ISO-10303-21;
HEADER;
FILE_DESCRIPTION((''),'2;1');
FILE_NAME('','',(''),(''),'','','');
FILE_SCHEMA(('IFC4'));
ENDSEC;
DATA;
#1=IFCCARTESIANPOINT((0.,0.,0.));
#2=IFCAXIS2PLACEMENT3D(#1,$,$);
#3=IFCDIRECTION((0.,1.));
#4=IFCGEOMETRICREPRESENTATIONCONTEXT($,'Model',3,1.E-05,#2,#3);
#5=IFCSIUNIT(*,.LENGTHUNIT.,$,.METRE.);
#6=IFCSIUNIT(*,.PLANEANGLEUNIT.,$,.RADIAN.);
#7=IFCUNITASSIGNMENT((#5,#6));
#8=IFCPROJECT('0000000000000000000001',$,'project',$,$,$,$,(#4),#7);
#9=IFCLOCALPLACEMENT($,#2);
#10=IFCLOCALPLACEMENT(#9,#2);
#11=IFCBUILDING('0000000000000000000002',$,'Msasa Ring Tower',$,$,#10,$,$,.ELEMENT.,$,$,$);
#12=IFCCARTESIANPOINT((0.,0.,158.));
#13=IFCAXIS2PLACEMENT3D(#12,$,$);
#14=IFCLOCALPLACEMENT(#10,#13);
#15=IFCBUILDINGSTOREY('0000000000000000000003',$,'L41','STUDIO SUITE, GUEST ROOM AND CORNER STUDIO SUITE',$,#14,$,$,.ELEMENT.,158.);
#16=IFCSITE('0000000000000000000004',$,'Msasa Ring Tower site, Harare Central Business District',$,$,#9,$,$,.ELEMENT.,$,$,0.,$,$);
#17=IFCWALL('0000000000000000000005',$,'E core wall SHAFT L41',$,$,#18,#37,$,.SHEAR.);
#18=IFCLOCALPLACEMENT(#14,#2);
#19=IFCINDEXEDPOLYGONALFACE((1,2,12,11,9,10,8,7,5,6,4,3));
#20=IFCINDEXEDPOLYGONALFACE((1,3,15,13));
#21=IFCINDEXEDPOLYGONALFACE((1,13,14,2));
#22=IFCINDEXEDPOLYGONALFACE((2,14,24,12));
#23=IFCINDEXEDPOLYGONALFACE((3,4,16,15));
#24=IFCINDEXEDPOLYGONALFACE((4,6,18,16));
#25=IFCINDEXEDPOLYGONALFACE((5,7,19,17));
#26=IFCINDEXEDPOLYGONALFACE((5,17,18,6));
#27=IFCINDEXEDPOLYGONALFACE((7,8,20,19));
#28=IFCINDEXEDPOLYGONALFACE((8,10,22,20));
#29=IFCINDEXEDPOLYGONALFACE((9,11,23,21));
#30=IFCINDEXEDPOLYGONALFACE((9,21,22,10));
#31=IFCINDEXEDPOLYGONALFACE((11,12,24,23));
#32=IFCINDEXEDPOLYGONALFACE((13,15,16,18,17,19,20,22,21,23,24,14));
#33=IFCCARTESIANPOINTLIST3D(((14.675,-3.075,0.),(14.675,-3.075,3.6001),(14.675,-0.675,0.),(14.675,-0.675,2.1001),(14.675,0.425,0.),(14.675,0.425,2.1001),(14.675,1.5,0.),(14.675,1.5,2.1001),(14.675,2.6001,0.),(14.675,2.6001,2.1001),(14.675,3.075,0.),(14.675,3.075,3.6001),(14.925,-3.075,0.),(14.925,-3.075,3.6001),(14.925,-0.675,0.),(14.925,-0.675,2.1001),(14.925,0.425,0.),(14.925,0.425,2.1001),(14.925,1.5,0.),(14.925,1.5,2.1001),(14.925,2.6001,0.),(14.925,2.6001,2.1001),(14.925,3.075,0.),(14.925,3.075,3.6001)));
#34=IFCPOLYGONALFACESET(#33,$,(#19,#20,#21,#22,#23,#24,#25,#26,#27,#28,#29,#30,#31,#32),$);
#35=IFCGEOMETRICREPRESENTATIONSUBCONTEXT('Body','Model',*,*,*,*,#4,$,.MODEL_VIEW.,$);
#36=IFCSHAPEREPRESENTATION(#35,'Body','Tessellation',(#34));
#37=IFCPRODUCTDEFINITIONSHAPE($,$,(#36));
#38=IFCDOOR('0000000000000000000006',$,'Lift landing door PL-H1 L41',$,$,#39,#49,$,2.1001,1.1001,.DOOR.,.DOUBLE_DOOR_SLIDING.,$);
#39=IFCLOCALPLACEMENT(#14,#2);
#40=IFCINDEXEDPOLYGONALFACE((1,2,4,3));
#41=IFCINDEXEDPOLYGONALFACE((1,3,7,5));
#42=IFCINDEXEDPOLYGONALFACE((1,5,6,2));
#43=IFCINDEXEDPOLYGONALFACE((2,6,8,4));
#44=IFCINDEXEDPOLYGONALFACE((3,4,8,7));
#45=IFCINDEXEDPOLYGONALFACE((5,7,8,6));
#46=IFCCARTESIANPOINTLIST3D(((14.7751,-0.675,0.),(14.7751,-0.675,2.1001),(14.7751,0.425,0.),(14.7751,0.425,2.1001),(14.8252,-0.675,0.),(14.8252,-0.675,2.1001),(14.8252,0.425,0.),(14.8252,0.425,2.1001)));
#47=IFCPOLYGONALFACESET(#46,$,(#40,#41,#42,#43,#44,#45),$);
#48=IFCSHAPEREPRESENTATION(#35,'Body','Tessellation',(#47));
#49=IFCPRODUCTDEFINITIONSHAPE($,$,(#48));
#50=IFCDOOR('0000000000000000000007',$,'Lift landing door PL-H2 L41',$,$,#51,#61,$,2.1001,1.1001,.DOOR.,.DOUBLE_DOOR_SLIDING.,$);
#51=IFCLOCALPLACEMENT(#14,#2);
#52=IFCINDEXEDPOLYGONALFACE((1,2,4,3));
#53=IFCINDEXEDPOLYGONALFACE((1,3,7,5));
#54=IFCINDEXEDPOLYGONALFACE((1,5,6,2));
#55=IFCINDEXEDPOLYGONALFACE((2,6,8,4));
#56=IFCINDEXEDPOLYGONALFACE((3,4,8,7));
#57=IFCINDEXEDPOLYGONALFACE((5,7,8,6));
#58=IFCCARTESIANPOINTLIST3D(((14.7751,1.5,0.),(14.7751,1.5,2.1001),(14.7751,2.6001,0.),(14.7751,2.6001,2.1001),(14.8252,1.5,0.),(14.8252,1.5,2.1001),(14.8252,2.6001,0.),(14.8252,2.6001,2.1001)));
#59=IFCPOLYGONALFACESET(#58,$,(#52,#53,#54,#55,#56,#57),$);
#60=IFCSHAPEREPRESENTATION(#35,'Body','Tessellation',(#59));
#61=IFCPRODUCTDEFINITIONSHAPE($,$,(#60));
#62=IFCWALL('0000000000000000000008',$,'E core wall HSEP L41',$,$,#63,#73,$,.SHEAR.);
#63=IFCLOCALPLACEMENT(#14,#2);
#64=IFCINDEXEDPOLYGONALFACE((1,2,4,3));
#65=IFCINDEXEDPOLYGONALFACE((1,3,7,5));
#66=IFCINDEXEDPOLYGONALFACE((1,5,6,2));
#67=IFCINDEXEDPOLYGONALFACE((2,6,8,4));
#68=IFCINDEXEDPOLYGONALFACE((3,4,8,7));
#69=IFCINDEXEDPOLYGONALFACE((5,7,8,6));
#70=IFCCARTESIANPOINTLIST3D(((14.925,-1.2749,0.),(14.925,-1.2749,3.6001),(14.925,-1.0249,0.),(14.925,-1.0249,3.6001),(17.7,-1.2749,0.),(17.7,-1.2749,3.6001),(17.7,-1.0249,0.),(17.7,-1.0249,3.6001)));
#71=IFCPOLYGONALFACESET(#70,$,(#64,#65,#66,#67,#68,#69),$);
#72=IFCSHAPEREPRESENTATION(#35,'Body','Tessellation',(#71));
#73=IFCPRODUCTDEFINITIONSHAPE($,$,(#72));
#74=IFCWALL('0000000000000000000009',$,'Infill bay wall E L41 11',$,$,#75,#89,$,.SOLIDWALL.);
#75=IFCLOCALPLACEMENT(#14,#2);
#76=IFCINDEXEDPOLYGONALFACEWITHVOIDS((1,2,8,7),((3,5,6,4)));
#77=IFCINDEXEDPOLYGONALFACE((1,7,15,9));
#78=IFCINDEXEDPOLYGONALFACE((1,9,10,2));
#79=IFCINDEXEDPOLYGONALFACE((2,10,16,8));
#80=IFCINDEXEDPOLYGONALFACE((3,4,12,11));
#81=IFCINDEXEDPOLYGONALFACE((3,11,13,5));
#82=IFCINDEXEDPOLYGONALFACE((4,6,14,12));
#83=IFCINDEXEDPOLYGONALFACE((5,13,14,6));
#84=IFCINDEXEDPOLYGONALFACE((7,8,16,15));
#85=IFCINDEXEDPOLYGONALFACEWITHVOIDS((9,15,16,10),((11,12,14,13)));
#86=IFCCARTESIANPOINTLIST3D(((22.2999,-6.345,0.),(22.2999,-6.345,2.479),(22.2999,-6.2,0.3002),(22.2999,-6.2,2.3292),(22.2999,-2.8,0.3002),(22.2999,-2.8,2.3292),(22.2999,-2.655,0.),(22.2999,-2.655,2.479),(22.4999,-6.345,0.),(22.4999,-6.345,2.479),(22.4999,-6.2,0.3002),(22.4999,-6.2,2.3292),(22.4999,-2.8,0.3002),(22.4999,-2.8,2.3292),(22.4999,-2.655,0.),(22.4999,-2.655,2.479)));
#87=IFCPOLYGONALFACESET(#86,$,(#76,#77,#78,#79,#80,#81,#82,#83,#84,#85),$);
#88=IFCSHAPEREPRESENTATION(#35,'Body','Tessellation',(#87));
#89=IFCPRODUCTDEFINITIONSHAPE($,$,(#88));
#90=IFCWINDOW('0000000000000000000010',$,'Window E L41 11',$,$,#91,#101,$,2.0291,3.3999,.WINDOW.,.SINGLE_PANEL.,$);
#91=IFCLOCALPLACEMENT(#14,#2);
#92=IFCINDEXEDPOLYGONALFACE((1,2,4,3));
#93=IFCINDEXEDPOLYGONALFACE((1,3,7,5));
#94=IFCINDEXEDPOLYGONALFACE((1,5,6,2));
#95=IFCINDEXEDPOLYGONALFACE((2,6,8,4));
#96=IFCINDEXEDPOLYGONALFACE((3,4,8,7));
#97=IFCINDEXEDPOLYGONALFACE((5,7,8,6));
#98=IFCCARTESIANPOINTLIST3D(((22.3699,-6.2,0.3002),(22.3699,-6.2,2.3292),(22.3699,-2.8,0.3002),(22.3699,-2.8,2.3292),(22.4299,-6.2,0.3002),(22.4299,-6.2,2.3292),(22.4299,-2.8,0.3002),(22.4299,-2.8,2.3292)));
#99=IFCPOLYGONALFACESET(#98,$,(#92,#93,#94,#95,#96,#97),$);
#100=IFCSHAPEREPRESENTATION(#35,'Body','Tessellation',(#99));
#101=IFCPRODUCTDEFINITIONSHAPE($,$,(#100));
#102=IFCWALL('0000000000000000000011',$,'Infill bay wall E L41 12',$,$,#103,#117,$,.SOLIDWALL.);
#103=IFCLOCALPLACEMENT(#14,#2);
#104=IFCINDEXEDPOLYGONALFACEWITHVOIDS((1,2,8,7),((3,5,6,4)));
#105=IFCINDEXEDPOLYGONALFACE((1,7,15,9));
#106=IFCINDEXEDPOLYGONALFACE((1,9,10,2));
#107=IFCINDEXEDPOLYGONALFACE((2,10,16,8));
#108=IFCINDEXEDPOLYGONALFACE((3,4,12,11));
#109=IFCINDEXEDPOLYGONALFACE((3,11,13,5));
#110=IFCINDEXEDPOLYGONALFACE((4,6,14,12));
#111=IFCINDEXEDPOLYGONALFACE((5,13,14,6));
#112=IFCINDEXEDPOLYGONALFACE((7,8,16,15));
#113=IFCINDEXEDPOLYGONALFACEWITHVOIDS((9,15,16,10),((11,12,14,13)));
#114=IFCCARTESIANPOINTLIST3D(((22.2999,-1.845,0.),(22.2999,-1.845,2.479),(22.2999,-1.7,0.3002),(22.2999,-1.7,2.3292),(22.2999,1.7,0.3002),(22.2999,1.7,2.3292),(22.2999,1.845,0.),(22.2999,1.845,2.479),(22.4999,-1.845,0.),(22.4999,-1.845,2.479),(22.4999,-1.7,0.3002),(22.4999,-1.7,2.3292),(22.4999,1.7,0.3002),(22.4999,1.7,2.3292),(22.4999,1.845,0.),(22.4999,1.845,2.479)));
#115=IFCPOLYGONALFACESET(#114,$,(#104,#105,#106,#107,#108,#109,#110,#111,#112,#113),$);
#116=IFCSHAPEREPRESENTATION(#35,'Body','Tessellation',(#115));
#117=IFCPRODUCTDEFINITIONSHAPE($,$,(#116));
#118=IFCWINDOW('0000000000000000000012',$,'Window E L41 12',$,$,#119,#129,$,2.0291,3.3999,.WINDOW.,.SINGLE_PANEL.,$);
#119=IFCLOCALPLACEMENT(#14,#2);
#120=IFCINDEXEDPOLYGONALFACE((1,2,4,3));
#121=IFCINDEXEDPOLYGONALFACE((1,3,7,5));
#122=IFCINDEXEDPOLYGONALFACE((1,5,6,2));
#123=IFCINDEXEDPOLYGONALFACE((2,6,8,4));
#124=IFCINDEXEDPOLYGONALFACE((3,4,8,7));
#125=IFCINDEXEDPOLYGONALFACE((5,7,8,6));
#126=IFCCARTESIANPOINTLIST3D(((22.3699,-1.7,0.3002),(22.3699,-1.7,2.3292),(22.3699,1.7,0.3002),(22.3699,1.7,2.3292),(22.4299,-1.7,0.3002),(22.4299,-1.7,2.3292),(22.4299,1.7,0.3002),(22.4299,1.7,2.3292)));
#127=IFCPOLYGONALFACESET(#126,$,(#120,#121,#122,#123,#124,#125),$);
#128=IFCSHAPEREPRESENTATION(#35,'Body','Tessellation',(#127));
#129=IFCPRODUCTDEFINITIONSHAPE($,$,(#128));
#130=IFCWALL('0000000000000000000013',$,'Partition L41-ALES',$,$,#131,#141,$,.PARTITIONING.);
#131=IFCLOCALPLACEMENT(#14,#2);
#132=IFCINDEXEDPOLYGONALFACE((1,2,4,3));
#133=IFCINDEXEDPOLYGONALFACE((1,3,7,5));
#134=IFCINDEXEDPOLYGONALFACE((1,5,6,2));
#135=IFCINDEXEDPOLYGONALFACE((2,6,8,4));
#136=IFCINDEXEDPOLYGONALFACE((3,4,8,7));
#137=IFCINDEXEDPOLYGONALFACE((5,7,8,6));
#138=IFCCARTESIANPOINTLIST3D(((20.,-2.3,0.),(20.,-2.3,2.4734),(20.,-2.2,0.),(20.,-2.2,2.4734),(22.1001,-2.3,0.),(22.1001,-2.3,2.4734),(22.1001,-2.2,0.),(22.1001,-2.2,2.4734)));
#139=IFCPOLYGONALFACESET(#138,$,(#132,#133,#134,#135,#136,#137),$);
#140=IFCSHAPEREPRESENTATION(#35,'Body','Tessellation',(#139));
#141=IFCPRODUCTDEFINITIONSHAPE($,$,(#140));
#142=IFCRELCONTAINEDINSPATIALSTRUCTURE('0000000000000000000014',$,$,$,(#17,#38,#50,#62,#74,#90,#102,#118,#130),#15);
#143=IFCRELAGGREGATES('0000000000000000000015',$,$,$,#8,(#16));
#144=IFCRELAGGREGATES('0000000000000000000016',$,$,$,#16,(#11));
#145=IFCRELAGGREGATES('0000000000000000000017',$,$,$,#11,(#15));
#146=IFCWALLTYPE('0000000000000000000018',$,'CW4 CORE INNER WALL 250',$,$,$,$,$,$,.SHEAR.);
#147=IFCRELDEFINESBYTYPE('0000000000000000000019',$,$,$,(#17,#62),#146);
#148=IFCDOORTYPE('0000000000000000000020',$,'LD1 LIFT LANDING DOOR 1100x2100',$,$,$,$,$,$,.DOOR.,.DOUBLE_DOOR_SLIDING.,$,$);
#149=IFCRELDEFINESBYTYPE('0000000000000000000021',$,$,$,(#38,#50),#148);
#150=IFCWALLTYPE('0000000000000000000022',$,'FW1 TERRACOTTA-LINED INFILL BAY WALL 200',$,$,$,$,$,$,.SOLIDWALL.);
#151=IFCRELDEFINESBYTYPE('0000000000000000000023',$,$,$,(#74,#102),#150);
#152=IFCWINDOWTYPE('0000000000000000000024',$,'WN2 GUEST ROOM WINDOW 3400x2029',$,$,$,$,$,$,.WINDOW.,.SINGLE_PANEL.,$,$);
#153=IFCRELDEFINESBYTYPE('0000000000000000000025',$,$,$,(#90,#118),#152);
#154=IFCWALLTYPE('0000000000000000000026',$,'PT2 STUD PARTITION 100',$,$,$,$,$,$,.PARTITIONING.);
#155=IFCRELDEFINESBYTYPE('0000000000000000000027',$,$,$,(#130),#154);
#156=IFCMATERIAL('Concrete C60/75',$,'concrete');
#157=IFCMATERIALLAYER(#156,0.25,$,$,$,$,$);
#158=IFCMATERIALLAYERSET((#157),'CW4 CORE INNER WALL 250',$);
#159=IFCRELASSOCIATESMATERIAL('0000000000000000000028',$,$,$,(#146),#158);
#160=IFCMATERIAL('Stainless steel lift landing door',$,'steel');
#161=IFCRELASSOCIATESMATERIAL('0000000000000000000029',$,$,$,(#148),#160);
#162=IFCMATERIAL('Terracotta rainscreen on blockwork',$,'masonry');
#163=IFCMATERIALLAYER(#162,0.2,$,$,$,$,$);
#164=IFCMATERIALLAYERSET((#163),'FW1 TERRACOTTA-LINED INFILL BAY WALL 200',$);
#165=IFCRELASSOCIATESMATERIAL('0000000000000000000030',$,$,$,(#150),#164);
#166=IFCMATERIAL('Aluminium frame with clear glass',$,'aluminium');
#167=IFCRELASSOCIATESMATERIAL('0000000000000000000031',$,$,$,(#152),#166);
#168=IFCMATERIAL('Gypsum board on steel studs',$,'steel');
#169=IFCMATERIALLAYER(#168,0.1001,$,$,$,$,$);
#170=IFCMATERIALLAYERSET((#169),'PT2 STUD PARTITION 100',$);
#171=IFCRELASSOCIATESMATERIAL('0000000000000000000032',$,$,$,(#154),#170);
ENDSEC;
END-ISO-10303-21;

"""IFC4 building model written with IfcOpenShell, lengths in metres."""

from ifc_helpers import new_model, si_unit, direction, frame, frame_2d, origin, place, context, subcontext, project, spatial, rectangle, extrude, material, layer, layer_set, type_object, element, fill, save


model = new_model("IFC4")

# Units and contexts
model_context = context("Model", 3, precision=1e-05, world=origin(), true_north=direction((0.0, 1.0)))
body_context = subcontext(model_context, "Body", "Model", "MODEL_VIEW")
ifc_project = project(units=[si_unit("LENGTHUNIT", "METRE"), si_unit("PLANEANGLEUNIT", "RADIAN")], contexts=[model_context])

# Site, building, storey
site_placement = place(None, origin())
site = spatial("IfcSite", under=ifc_project, at=site_placement, Name="Msasa Ring Tower site, Harare Central Business District", CompositionType="ELEMENT", RefElevation=0.0)
building_placement = place(site_placement, origin())
building = spatial("IfcBuilding", under=site, at=building_placement, Name="Msasa Ring Tower", CompositionType="ELEMENT")
storey_placement = place(building_placement, frame((0.0, 0.0, 158.0)))
storey = spatial("IfcBuildingStorey", under=building, at=storey_placement, Name="L41", Description="STUDIO SUITE, GUEST ROOM AND CORNER STUDIO SUITE", CompositionType="ELEMENT", Elevation=158.0)

# Shared definitions
ifc_material_1 = material(Name="Concrete C60/75", Category="concrete")
ifc_layer_1 = layer(ifc_material_1, 0.25)
ifc_layer_set_1 = layer_set([ifc_layer_1], Name="CW4 CORE INNER WALL 250")
wall_type_1 = type_object("IfcWallType", Name="CW4 CORE INNER WALL 250", PredefinedType="SHEAR", material=ifc_layer_set_1)

# Wall, openings, doors
wall_1_placement = place(storey_placement, frame((14.8, -3.075, 0.0), z_axis=(0.0, 0.0, 1.0), x_axis=(0.0, 1.0, 0.0)))
wall_1 = element("IfcWall", 1, at=wall_1_placement, inside=storey, type_object=wall_type_1, Name="E core wall SHAFT L41", PredefinedType="SHEAR", context=body_context, shape_type="SweptSolid", body=[
    extrude(rectangle(XDim=6.1499, YDim=0.25, at=frame_2d((3.075, 0.0))), origin(), (0.0, 0.0, 1.0), 3.6001),
])
opening_1_placement = place(wall_1_placement, frame((2.3999, 0.0, 0.0)))
opening_1 = element("IfcOpeningElement", 2, at=opening_1_placement, cuts=wall_1, PredefinedType="OPENING", context=body_context, shape_type="SweptSolid", body=[
    extrude(rectangle(XDim=1.1001, YDim=2.1001, at=frame_2d((0.55, 1.05))), frame((0.0, 0.135, 0.0), z_axis=(0.0, -1.0, 0.0), x_axis=(1.0, 0.0, 0.0)), (0.0, 0.0, 1.0), 0.27),
])
opening_2_placement = place(wall_1_placement, frame((4.575, 0.0, 0.0)))
opening_2 = element("IfcOpeningElement", 3, at=opening_2_placement, cuts=wall_1, PredefinedType="OPENING", context=body_context, shape_type="SweptSolid", body=[
    extrude(rectangle(XDim=1.1001, YDim=2.1001, at=frame_2d((0.55, 1.05))), frame((0.0, 0.135, 0.0), z_axis=(0.0, -1.0, 0.0), x_axis=(1.0, 0.0, 0.0)), (0.0, 0.0, 1.0), 0.27),
])
ifc_material_2 = material(Name="Stainless steel lift landing door", Category="steel")
door_type = type_object("IfcDoorType", Name="LD1 LIFT LANDING DOOR 1100x2100", OperationType="DOUBLE_DOOR_SLIDING", PredefinedType="DOOR", material=ifc_material_2)
door_1_placement = place(opening_1_placement, origin())
door_1 = element("IfcDoor", 4, at=door_1_placement, inside=storey, type_object=door_type, Name="Lift landing door PL-H1 L41", OperationType="DOUBLE_DOOR_SLIDING", OverallHeight=2.1001, OverallWidth=1.1001, PredefinedType="DOOR", context=body_context, shape_type="SweptSolid", body=[
    extrude(rectangle(XDim=1.1001, YDim=2.1001, at=frame_2d((0.55, 1.05))), frame((0.0, 0.0249, 0.0), z_axis=(0.0, -1.0, 0.0), x_axis=(1.0, 0.0, 0.0)), (0.0, 0.0, 1.0), 0.05),
])
fill(opening_1, door_1)
door_2_placement = place(opening_2_placement, origin())
door_2 = element("IfcDoor", 5, at=door_2_placement, inside=storey, type_object=door_type, Name="Lift landing door PL-H2 L41", OperationType="DOUBLE_DOOR_SLIDING", OverallHeight=2.1001, OverallWidth=1.1001, PredefinedType="DOOR", context=body_context, shape_type="SweptSolid", body=[
    extrude(rectangle(XDim=1.1001, YDim=2.1001, at=frame_2d((0.55, 1.05))), frame((0.0, 0.0249, 0.0), z_axis=(0.0, -1.0, 0.0), x_axis=(1.0, 0.0, 0.0)), (0.0, 0.0, 1.0), 0.05),
])
fill(opening_2, door_2)

# Wall
wall_2_placement = place(storey_placement, frame((14.925, -1.1499, 0.0), z_axis=(0.0, 0.0, 1.0), x_axis=(1.0, 0.0, 0.0)))
element("IfcWall", 6, at=wall_2_placement, inside=storey, type_object=wall_type_1, Name="E core wall HSEP L41", PredefinedType="SHEAR", context=body_context, shape_type="SweptSolid", body=[
    extrude(rectangle(XDim=2.7749, YDim=0.25, at=frame_2d((1.3875, 0.0))), origin(), (0.0, 0.0, 1.0), 3.6001),
])

# Walls, openings, windows
ifc_material_3 = material(Name="Terracotta rainscreen on blockwork", Category="masonry")
ifc_layer_2 = layer(ifc_material_3, 0.2)
ifc_layer_set_2 = layer_set([ifc_layer_2], Name="FW1 TERRACOTTA-LINED INFILL BAY WALL 200")
wall_type_2 = type_object("IfcWallType", Name="FW1 TERRACOTTA-LINED INFILL BAY WALL 200", PredefinedType="SOLIDWALL", material=ifc_layer_set_2)
wall_3_placement = place(storey_placement, frame((22.3999, -6.345, 0.0), z_axis=(0.0, 0.0, 1.0), x_axis=(0.0, 1.0, 0.0)))
wall_3 = element("IfcWall", 7, at=wall_3_placement, inside=storey, type_object=wall_type_2, Name="Infill bay wall E L41 11", PredefinedType="SOLIDWALL", context=body_context, shape_type="SweptSolid", body=[
    extrude(rectangle(XDim=3.6899, YDim=0.2, at=frame_2d((1.845, 0.0))), origin(), (0.0, 0.0, 1.0), 2.479),
])
opening_3_placement = place(wall_3_placement, frame((0.145, 0.0, 0.3)))
opening_3 = element("IfcOpeningElement", 8, at=opening_3_placement, cuts=wall_3, PredefinedType="OPENING", context=body_context, shape_type="SweptSolid", body=[
    extrude(rectangle(XDim=3.3999, YDim=2.0291, at=frame_2d((1.7, 1.0146))), frame((0.0, 0.1099, 0.0), z_axis=(0.0, -1.0, 0.0), x_axis=(1.0, 0.0, 0.0)), (0.0, 0.0, 1.0), 0.22),
])
ifc_material_4 = material(Name="Aluminium frame with clear glass", Category="aluminium")
window_type = type_object("IfcWindowType", Name="WN2 GUEST ROOM WINDOW 3400x2029", PartitioningType="SINGLE_PANEL", PredefinedType="WINDOW", material=ifc_material_4)
window_1_placement = place(opening_3_placement, origin())
window_1 = element("IfcWindow", 9, at=window_1_placement, inside=storey, type_object=window_type, Name="Window E L41 11", OverallHeight=2.0291, OverallWidth=3.3999, PartitioningType="SINGLE_PANEL", PredefinedType="WINDOW", context=body_context, shape_type="SweptSolid", body=[
    extrude(rectangle(XDim=3.3999, YDim=2.0291, at=frame_2d((1.7, 1.0146))), frame((0.0, 0.03, 0.0), z_axis=(0.0, -1.0, 0.0), x_axis=(1.0, 0.0, 0.0)), (0.0, 0.0, 1.0), 0.0601),
])
fill(opening_3, window_1)
wall_4_placement = place(storey_placement, frame((22.3999, -1.845, 0.0), z_axis=(0.0, 0.0, 1.0), x_axis=(0.0, 1.0, 0.0)))
wall_4 = element("IfcWall", 10, at=wall_4_placement, inside=storey, type_object=wall_type_2, Name="Infill bay wall E L41 12", PredefinedType="SOLIDWALL", context=body_context, shape_type="SweptSolid", body=[
    extrude(rectangle(XDim=3.6899, YDim=0.2, at=frame_2d((1.845, 0.0))), origin(), (0.0, 0.0, 1.0), 2.479),
])
opening_4_placement = place(wall_4_placement, frame((0.145, 0.0, 0.3)))
opening_4 = element("IfcOpeningElement", 11, at=opening_4_placement, cuts=wall_4, PredefinedType="OPENING", context=body_context, shape_type="SweptSolid", body=[
    extrude(rectangle(XDim=3.3999, YDim=2.0291, at=frame_2d((1.7, 1.0146))), frame((0.0, 0.1099, 0.0), z_axis=(0.0, -1.0, 0.0), x_axis=(1.0, 0.0, 0.0)), (0.0, 0.0, 1.0), 0.22),
])
window_2_placement = place(opening_4_placement, origin())
window_2 = element("IfcWindow", 12, at=window_2_placement, inside=storey, type_object=window_type, Name="Window E L41 12", OverallHeight=2.0291, OverallWidth=3.3999, PartitioningType="SINGLE_PANEL", PredefinedType="WINDOW", context=body_context, shape_type="SweptSolid", body=[
    extrude(rectangle(XDim=3.3999, YDim=2.0291, at=frame_2d((1.7, 1.0146))), frame((0.0, 0.03, 0.0), z_axis=(0.0, -1.0, 0.0), x_axis=(1.0, 0.0, 0.0)), (0.0, 0.0, 1.0), 0.0601),
])
fill(opening_4, window_2)

# Wall
ifc_material_5 = material(Name="Gypsum board on steel studs", Category="steel")
ifc_layer_3 = layer(ifc_material_5, 0.1001)
ifc_layer_set_3 = layer_set([ifc_layer_3], Name="PT2 STUD PARTITION 100")
wall_type_3 = type_object("IfcWallType", Name="PT2 STUD PARTITION 100", PredefinedType="PARTITIONING", material=ifc_layer_set_3)
wall_5_placement = place(storey_placement, frame((20.0, -2.25, 0.0), z_axis=(0.0, 0.0, 1.0), x_axis=(1.0, 0.0, 0.0)))
element("IfcWall", 13, at=wall_5_placement, inside=storey, type_object=wall_type_3, Name="Partition L41-ALES", PredefinedType="PARTITIONING", context=body_context, shape_type="SweptSolid", body=[
    extrude(rectangle(XDim=2.1001, YDim=0.1001, at=frame_2d((1.05, 0.0))), origin(), (0.0, 0.0, 1.0), 2.4734),
])

save(model, "model.ifc")
